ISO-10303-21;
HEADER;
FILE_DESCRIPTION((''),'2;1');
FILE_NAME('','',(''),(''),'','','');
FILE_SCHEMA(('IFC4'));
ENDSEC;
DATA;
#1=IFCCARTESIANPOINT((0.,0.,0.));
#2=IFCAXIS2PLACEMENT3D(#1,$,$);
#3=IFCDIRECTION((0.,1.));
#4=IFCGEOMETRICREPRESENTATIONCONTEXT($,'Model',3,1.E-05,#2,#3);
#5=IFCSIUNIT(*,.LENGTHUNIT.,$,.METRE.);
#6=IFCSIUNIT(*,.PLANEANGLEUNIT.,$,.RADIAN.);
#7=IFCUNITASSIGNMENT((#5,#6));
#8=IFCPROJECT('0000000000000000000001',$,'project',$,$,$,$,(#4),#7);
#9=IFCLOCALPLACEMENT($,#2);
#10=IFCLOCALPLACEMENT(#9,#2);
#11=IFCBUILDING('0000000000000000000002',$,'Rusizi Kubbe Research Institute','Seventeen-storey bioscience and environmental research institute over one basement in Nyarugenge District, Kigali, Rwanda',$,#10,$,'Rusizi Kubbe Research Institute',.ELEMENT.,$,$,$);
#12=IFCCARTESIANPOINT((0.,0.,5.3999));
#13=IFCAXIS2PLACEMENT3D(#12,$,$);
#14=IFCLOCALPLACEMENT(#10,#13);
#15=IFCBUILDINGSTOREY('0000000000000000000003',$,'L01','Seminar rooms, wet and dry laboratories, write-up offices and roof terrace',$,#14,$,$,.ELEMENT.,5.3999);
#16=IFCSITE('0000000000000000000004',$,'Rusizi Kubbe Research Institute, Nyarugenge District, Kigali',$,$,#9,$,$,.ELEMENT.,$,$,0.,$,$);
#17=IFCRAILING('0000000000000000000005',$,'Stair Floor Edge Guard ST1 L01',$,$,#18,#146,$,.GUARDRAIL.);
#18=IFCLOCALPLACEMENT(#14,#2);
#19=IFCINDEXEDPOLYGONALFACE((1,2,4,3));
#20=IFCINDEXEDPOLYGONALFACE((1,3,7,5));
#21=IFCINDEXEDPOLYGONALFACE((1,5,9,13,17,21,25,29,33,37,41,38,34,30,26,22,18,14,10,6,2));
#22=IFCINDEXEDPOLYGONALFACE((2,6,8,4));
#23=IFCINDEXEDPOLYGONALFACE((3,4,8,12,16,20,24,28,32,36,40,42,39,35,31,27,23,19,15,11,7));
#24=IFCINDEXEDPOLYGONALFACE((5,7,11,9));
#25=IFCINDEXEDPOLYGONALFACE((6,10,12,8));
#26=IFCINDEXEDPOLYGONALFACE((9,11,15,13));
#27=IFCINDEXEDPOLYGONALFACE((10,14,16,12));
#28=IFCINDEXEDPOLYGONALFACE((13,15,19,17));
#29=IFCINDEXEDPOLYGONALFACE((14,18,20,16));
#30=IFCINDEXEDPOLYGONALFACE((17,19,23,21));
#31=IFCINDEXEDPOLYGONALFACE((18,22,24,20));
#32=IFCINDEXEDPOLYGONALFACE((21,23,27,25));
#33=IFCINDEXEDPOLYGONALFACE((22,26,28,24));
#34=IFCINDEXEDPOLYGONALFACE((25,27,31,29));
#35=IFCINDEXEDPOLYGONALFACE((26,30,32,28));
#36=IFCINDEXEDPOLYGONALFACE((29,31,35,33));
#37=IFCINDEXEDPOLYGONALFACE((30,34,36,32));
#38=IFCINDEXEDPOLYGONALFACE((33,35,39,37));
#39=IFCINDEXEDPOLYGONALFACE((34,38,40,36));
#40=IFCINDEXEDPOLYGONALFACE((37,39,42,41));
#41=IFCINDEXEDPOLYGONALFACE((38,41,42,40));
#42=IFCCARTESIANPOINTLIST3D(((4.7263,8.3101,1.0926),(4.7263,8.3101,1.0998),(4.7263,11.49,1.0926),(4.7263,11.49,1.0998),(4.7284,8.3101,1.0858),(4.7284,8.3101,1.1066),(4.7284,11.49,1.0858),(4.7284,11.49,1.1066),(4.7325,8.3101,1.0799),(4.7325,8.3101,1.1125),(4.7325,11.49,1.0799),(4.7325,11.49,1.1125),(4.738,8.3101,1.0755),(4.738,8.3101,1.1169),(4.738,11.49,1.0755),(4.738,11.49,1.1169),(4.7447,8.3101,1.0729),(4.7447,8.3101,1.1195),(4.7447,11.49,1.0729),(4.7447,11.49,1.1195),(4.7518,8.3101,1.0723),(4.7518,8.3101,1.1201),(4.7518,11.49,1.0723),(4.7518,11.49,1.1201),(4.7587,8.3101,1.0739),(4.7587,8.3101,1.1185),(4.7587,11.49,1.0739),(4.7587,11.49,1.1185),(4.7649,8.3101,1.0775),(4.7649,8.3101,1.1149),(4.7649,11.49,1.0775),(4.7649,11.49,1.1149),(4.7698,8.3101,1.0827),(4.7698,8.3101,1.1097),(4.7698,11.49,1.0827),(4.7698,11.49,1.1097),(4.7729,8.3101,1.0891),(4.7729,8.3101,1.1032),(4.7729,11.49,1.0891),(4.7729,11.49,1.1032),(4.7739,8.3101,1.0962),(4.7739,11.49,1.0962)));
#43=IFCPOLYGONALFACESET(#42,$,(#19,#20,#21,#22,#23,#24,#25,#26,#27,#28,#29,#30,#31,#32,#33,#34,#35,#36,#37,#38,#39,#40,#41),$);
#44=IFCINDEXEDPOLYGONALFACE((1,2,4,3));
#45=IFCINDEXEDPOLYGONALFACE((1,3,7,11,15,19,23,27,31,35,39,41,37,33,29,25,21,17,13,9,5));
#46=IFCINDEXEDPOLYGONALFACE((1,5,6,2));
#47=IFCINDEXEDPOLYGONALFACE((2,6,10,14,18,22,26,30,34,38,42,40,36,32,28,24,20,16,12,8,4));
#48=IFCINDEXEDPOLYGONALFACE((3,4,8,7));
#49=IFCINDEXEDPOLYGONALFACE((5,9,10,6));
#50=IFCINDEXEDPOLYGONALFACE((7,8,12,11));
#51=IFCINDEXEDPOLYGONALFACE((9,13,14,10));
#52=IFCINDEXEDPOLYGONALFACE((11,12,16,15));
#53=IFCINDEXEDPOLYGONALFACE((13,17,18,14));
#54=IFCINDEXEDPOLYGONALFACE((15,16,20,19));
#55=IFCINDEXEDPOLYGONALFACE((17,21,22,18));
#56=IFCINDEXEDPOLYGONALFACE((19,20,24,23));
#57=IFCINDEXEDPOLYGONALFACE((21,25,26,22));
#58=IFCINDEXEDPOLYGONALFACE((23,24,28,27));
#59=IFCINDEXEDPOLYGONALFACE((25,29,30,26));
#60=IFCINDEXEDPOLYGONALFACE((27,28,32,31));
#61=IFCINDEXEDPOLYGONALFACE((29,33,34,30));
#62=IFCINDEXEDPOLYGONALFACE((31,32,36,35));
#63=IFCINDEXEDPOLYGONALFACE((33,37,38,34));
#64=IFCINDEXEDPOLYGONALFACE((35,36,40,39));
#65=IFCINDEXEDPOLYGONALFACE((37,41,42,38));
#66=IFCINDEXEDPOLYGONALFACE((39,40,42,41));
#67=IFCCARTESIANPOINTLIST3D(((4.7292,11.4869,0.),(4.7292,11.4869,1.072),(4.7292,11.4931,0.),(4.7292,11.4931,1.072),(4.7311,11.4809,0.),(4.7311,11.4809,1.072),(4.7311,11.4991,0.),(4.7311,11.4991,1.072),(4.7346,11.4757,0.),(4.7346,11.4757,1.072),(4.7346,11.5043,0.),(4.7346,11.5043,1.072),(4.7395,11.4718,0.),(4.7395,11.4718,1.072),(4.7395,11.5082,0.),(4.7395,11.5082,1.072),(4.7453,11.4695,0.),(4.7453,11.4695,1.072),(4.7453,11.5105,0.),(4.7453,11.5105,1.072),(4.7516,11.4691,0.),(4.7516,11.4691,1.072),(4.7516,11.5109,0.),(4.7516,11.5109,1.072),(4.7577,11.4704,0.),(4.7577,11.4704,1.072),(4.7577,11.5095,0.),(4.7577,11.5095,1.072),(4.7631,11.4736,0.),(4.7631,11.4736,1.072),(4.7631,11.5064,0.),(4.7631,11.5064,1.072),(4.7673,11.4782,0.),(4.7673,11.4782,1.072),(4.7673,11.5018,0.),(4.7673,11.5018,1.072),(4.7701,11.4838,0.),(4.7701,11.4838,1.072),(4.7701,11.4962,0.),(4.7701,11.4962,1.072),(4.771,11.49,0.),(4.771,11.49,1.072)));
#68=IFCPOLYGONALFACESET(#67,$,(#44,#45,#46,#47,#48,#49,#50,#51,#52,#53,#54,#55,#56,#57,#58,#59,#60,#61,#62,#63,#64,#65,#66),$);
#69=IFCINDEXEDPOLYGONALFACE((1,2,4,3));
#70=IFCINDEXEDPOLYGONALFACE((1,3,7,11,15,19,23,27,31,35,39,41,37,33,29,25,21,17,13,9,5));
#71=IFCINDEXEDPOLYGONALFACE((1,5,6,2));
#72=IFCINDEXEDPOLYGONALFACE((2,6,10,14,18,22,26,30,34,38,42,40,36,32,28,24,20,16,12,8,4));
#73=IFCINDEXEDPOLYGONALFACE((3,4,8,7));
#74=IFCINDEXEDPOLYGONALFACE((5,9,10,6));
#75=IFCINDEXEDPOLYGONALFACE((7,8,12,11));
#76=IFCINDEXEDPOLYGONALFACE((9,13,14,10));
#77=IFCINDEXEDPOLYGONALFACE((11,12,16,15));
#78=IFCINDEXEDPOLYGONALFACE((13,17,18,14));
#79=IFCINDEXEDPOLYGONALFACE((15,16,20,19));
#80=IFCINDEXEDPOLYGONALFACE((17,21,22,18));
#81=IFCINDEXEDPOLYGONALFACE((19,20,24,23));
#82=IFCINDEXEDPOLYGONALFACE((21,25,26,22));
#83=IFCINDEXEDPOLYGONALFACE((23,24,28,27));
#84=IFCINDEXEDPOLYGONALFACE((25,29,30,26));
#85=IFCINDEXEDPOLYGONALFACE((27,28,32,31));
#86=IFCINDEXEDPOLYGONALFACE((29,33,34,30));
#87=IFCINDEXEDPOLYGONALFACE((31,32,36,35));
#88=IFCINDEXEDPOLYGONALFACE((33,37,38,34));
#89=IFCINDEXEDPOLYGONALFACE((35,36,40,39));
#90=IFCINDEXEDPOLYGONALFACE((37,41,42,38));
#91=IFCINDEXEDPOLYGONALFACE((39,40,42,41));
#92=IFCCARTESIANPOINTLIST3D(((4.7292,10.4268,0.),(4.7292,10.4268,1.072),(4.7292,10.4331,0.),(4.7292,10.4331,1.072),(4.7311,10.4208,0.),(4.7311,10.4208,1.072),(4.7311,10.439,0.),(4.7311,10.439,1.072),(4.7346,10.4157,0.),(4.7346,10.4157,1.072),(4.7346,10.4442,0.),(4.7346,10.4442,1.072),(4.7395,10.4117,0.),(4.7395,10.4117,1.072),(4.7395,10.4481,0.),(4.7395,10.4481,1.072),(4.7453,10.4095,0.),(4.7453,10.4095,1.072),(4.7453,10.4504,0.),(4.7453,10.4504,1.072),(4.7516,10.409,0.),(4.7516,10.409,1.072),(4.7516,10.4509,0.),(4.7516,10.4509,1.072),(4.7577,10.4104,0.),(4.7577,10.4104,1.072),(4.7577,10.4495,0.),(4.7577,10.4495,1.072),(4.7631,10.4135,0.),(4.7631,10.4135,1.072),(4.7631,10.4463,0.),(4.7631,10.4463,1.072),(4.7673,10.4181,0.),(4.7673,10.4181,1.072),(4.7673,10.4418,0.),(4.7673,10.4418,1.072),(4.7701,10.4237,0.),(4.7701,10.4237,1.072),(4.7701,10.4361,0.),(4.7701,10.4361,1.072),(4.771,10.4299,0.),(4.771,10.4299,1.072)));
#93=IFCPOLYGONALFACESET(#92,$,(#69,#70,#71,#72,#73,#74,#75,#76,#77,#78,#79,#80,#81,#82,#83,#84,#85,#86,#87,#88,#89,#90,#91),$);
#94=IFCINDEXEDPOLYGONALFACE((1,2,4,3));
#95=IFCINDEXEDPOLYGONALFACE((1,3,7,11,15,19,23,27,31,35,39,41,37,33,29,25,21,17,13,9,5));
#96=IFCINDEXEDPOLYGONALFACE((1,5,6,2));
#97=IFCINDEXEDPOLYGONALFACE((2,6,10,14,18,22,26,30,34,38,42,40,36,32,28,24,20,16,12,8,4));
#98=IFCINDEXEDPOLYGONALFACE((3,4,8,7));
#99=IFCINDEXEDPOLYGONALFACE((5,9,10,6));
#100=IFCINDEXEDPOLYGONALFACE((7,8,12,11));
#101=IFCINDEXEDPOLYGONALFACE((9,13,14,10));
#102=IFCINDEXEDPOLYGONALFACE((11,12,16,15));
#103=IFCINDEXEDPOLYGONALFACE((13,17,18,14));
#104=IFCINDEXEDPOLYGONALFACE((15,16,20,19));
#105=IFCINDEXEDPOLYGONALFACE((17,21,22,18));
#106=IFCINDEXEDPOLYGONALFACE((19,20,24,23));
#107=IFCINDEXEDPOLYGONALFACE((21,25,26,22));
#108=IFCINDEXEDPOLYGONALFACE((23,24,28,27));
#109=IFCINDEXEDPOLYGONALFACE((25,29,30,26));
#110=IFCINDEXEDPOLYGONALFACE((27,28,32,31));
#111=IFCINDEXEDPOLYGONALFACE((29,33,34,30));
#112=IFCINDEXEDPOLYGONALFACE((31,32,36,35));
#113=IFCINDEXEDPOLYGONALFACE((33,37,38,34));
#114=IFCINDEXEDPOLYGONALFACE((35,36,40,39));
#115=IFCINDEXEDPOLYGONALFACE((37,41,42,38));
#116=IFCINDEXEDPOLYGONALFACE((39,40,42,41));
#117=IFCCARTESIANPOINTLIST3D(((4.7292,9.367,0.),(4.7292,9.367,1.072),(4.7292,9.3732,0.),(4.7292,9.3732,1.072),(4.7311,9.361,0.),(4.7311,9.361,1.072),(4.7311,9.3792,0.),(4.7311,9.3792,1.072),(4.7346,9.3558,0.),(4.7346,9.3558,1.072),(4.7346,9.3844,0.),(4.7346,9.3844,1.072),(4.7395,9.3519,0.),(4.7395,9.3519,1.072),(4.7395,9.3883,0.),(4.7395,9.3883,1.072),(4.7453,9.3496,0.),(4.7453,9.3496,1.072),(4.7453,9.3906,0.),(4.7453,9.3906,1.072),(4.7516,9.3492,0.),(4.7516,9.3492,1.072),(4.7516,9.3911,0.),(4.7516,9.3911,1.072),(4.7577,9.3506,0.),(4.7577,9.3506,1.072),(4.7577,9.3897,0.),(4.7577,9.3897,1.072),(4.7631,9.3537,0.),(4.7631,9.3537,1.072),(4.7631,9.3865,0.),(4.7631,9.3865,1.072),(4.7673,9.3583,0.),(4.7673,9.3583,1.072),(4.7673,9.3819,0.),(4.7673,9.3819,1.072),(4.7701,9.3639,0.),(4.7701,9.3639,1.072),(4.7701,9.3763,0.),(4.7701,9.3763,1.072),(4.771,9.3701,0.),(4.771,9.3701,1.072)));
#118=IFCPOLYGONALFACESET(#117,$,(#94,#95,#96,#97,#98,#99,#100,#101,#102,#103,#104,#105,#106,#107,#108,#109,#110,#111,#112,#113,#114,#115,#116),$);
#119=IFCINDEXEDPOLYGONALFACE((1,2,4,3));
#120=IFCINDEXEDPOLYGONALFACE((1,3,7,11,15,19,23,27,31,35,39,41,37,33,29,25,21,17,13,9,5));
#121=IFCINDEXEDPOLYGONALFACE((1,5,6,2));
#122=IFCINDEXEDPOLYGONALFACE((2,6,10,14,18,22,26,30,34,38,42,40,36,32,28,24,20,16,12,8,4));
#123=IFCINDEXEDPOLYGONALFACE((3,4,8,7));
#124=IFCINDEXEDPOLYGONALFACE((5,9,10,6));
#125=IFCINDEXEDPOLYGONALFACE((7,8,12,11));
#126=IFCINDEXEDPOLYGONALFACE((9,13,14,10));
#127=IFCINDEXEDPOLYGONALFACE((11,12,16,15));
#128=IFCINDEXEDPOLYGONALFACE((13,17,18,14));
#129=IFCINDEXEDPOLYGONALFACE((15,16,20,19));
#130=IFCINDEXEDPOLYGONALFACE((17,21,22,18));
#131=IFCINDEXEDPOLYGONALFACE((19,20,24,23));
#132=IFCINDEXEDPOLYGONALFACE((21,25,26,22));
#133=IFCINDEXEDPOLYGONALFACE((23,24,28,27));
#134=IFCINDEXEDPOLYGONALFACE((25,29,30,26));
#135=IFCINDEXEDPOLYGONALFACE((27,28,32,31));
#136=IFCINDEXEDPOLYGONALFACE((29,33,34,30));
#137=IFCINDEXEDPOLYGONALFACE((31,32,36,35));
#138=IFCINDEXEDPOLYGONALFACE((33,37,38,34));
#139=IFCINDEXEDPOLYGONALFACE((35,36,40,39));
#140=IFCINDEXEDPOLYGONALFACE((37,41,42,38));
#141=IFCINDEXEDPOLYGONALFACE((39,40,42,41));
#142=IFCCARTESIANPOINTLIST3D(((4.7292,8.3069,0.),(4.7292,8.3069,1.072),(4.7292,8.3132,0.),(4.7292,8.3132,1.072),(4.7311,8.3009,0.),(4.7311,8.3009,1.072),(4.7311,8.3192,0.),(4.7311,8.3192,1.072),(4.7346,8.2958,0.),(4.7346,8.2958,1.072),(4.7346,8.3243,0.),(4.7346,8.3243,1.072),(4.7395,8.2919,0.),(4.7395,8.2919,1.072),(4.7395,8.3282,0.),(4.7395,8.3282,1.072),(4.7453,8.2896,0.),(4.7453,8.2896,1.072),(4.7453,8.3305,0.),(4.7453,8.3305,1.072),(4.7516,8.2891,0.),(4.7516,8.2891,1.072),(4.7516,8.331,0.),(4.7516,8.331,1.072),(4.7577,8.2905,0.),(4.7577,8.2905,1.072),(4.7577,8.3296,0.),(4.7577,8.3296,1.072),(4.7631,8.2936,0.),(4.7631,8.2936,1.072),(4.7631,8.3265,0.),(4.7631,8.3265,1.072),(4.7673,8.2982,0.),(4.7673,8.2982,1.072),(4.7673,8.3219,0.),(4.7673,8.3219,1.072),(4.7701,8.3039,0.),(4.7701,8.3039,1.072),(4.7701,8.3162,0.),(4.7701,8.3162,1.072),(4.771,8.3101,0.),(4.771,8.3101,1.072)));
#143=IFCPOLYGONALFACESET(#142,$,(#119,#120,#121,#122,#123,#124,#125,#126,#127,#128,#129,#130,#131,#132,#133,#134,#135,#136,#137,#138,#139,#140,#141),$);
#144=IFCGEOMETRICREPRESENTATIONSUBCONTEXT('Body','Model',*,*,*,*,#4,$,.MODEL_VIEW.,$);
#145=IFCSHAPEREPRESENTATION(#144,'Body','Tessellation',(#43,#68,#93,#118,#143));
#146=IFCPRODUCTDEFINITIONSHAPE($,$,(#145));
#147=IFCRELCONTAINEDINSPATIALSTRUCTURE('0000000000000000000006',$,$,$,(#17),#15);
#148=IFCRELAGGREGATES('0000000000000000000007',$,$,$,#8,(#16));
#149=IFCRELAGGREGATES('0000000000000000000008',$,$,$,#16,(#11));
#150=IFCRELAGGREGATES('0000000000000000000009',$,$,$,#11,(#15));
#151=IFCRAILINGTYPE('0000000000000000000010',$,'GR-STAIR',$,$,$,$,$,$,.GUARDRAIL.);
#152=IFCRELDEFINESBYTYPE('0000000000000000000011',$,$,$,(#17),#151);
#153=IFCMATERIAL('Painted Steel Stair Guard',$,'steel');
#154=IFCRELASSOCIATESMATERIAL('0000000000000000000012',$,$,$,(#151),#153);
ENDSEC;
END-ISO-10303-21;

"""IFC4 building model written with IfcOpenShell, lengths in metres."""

from ifc_helpers import new_model, si_unit, direction, frame, origin, origin_2d, place, context, subcontext, project, spatial, circle, extrude, material, type_object, element, save


model = new_model("IFC4")

# Units and contexts
model_context = context("Model", 3, precision=1e-05, world=origin(), true_north=direction((0.0, 1.0)))
body_context = subcontext(model_context, "Body", "Model", "MODEL_VIEW")
ifc_project = project(units=[si_unit("LENGTHUNIT", "METRE"), si_unit("PLANEANGLEUNIT", "RADIAN")], contexts=[model_context])

# Site, building, storey
site_placement = place(None, origin())
site = spatial("IfcSite", under=ifc_project, at=site_placement, Name="Rusizi Kubbe Research Institute, Nyarugenge District, Kigali", CompositionType="ELEMENT", RefElevation=0.0)
building_placement = place(site_placement, origin())
building = spatial("IfcBuilding", under=site, at=building_placement, Name="Rusizi Kubbe Research Institute", Description="Seventeen-storey bioscience and environmental research institute over one basement in Nyarugenge District, Kigali, Rwanda", LongName="Rusizi Kubbe Research Institute", CompositionType="ELEMENT")
storey_placement = place(building_placement, frame((0.0, 0.0, 5.3999)))
storey = spatial("IfcBuildingStorey", under=building, at=storey_placement, Name="L01", Description="Seminar rooms, wet and dry laboratories, write-up offices and roof terrace", CompositionType="ELEMENT", Elevation=5.3999)

# Railing
ifc_material_1 = material(Name="Painted Steel Stair Guard", Category="steel")
railing_type_1 = type_object("IfcRailingType", Name="GR-STAIR", PredefinedType="GUARDRAIL", material=ifc_material_1)
railing_1_placement = place(storey_placement, frame((4.75, 11.49, 0.0)))
element("IfcRailing", 1, at=railing_1_placement, inside=storey, type_object=railing_type_1, Name="Stair Floor Edge Guard ST1 L01", PredefinedType="GUARDRAIL", context=body_context, shape_type="SweptSolid", body=[
    extrude(circle(Radius=0.0239, at=origin_2d()), frame((0.0, 0.0, 1.0962), z_axis=(0.0, -1.0, 0.0), x_axis=(1.0, 0.0, 0.0)), (0.0, 0.0, 1.0), 3.1799),
    extrude(circle(Radius=0.021, at=origin_2d()), origin(), (0.0, 0.0, 1.0), 1.072),
    extrude(circle(Radius=0.021, at=origin_2d()), frame((0.0, -1.0601, 0.0)), (0.0, 0.0, 1.0), 1.072),
    extrude(circle(Radius=0.021, at=origin_2d()), frame((0.0, -2.1199, 0.0)), (0.0, 0.0, 1.0), 1.072),
    extrude(circle(Radius=0.021, at=origin_2d()), frame((0.0, -3.1799, 0.0)), (0.0, 0.0, 1.0), 1.072),
])

save(model, "model.ifc")
